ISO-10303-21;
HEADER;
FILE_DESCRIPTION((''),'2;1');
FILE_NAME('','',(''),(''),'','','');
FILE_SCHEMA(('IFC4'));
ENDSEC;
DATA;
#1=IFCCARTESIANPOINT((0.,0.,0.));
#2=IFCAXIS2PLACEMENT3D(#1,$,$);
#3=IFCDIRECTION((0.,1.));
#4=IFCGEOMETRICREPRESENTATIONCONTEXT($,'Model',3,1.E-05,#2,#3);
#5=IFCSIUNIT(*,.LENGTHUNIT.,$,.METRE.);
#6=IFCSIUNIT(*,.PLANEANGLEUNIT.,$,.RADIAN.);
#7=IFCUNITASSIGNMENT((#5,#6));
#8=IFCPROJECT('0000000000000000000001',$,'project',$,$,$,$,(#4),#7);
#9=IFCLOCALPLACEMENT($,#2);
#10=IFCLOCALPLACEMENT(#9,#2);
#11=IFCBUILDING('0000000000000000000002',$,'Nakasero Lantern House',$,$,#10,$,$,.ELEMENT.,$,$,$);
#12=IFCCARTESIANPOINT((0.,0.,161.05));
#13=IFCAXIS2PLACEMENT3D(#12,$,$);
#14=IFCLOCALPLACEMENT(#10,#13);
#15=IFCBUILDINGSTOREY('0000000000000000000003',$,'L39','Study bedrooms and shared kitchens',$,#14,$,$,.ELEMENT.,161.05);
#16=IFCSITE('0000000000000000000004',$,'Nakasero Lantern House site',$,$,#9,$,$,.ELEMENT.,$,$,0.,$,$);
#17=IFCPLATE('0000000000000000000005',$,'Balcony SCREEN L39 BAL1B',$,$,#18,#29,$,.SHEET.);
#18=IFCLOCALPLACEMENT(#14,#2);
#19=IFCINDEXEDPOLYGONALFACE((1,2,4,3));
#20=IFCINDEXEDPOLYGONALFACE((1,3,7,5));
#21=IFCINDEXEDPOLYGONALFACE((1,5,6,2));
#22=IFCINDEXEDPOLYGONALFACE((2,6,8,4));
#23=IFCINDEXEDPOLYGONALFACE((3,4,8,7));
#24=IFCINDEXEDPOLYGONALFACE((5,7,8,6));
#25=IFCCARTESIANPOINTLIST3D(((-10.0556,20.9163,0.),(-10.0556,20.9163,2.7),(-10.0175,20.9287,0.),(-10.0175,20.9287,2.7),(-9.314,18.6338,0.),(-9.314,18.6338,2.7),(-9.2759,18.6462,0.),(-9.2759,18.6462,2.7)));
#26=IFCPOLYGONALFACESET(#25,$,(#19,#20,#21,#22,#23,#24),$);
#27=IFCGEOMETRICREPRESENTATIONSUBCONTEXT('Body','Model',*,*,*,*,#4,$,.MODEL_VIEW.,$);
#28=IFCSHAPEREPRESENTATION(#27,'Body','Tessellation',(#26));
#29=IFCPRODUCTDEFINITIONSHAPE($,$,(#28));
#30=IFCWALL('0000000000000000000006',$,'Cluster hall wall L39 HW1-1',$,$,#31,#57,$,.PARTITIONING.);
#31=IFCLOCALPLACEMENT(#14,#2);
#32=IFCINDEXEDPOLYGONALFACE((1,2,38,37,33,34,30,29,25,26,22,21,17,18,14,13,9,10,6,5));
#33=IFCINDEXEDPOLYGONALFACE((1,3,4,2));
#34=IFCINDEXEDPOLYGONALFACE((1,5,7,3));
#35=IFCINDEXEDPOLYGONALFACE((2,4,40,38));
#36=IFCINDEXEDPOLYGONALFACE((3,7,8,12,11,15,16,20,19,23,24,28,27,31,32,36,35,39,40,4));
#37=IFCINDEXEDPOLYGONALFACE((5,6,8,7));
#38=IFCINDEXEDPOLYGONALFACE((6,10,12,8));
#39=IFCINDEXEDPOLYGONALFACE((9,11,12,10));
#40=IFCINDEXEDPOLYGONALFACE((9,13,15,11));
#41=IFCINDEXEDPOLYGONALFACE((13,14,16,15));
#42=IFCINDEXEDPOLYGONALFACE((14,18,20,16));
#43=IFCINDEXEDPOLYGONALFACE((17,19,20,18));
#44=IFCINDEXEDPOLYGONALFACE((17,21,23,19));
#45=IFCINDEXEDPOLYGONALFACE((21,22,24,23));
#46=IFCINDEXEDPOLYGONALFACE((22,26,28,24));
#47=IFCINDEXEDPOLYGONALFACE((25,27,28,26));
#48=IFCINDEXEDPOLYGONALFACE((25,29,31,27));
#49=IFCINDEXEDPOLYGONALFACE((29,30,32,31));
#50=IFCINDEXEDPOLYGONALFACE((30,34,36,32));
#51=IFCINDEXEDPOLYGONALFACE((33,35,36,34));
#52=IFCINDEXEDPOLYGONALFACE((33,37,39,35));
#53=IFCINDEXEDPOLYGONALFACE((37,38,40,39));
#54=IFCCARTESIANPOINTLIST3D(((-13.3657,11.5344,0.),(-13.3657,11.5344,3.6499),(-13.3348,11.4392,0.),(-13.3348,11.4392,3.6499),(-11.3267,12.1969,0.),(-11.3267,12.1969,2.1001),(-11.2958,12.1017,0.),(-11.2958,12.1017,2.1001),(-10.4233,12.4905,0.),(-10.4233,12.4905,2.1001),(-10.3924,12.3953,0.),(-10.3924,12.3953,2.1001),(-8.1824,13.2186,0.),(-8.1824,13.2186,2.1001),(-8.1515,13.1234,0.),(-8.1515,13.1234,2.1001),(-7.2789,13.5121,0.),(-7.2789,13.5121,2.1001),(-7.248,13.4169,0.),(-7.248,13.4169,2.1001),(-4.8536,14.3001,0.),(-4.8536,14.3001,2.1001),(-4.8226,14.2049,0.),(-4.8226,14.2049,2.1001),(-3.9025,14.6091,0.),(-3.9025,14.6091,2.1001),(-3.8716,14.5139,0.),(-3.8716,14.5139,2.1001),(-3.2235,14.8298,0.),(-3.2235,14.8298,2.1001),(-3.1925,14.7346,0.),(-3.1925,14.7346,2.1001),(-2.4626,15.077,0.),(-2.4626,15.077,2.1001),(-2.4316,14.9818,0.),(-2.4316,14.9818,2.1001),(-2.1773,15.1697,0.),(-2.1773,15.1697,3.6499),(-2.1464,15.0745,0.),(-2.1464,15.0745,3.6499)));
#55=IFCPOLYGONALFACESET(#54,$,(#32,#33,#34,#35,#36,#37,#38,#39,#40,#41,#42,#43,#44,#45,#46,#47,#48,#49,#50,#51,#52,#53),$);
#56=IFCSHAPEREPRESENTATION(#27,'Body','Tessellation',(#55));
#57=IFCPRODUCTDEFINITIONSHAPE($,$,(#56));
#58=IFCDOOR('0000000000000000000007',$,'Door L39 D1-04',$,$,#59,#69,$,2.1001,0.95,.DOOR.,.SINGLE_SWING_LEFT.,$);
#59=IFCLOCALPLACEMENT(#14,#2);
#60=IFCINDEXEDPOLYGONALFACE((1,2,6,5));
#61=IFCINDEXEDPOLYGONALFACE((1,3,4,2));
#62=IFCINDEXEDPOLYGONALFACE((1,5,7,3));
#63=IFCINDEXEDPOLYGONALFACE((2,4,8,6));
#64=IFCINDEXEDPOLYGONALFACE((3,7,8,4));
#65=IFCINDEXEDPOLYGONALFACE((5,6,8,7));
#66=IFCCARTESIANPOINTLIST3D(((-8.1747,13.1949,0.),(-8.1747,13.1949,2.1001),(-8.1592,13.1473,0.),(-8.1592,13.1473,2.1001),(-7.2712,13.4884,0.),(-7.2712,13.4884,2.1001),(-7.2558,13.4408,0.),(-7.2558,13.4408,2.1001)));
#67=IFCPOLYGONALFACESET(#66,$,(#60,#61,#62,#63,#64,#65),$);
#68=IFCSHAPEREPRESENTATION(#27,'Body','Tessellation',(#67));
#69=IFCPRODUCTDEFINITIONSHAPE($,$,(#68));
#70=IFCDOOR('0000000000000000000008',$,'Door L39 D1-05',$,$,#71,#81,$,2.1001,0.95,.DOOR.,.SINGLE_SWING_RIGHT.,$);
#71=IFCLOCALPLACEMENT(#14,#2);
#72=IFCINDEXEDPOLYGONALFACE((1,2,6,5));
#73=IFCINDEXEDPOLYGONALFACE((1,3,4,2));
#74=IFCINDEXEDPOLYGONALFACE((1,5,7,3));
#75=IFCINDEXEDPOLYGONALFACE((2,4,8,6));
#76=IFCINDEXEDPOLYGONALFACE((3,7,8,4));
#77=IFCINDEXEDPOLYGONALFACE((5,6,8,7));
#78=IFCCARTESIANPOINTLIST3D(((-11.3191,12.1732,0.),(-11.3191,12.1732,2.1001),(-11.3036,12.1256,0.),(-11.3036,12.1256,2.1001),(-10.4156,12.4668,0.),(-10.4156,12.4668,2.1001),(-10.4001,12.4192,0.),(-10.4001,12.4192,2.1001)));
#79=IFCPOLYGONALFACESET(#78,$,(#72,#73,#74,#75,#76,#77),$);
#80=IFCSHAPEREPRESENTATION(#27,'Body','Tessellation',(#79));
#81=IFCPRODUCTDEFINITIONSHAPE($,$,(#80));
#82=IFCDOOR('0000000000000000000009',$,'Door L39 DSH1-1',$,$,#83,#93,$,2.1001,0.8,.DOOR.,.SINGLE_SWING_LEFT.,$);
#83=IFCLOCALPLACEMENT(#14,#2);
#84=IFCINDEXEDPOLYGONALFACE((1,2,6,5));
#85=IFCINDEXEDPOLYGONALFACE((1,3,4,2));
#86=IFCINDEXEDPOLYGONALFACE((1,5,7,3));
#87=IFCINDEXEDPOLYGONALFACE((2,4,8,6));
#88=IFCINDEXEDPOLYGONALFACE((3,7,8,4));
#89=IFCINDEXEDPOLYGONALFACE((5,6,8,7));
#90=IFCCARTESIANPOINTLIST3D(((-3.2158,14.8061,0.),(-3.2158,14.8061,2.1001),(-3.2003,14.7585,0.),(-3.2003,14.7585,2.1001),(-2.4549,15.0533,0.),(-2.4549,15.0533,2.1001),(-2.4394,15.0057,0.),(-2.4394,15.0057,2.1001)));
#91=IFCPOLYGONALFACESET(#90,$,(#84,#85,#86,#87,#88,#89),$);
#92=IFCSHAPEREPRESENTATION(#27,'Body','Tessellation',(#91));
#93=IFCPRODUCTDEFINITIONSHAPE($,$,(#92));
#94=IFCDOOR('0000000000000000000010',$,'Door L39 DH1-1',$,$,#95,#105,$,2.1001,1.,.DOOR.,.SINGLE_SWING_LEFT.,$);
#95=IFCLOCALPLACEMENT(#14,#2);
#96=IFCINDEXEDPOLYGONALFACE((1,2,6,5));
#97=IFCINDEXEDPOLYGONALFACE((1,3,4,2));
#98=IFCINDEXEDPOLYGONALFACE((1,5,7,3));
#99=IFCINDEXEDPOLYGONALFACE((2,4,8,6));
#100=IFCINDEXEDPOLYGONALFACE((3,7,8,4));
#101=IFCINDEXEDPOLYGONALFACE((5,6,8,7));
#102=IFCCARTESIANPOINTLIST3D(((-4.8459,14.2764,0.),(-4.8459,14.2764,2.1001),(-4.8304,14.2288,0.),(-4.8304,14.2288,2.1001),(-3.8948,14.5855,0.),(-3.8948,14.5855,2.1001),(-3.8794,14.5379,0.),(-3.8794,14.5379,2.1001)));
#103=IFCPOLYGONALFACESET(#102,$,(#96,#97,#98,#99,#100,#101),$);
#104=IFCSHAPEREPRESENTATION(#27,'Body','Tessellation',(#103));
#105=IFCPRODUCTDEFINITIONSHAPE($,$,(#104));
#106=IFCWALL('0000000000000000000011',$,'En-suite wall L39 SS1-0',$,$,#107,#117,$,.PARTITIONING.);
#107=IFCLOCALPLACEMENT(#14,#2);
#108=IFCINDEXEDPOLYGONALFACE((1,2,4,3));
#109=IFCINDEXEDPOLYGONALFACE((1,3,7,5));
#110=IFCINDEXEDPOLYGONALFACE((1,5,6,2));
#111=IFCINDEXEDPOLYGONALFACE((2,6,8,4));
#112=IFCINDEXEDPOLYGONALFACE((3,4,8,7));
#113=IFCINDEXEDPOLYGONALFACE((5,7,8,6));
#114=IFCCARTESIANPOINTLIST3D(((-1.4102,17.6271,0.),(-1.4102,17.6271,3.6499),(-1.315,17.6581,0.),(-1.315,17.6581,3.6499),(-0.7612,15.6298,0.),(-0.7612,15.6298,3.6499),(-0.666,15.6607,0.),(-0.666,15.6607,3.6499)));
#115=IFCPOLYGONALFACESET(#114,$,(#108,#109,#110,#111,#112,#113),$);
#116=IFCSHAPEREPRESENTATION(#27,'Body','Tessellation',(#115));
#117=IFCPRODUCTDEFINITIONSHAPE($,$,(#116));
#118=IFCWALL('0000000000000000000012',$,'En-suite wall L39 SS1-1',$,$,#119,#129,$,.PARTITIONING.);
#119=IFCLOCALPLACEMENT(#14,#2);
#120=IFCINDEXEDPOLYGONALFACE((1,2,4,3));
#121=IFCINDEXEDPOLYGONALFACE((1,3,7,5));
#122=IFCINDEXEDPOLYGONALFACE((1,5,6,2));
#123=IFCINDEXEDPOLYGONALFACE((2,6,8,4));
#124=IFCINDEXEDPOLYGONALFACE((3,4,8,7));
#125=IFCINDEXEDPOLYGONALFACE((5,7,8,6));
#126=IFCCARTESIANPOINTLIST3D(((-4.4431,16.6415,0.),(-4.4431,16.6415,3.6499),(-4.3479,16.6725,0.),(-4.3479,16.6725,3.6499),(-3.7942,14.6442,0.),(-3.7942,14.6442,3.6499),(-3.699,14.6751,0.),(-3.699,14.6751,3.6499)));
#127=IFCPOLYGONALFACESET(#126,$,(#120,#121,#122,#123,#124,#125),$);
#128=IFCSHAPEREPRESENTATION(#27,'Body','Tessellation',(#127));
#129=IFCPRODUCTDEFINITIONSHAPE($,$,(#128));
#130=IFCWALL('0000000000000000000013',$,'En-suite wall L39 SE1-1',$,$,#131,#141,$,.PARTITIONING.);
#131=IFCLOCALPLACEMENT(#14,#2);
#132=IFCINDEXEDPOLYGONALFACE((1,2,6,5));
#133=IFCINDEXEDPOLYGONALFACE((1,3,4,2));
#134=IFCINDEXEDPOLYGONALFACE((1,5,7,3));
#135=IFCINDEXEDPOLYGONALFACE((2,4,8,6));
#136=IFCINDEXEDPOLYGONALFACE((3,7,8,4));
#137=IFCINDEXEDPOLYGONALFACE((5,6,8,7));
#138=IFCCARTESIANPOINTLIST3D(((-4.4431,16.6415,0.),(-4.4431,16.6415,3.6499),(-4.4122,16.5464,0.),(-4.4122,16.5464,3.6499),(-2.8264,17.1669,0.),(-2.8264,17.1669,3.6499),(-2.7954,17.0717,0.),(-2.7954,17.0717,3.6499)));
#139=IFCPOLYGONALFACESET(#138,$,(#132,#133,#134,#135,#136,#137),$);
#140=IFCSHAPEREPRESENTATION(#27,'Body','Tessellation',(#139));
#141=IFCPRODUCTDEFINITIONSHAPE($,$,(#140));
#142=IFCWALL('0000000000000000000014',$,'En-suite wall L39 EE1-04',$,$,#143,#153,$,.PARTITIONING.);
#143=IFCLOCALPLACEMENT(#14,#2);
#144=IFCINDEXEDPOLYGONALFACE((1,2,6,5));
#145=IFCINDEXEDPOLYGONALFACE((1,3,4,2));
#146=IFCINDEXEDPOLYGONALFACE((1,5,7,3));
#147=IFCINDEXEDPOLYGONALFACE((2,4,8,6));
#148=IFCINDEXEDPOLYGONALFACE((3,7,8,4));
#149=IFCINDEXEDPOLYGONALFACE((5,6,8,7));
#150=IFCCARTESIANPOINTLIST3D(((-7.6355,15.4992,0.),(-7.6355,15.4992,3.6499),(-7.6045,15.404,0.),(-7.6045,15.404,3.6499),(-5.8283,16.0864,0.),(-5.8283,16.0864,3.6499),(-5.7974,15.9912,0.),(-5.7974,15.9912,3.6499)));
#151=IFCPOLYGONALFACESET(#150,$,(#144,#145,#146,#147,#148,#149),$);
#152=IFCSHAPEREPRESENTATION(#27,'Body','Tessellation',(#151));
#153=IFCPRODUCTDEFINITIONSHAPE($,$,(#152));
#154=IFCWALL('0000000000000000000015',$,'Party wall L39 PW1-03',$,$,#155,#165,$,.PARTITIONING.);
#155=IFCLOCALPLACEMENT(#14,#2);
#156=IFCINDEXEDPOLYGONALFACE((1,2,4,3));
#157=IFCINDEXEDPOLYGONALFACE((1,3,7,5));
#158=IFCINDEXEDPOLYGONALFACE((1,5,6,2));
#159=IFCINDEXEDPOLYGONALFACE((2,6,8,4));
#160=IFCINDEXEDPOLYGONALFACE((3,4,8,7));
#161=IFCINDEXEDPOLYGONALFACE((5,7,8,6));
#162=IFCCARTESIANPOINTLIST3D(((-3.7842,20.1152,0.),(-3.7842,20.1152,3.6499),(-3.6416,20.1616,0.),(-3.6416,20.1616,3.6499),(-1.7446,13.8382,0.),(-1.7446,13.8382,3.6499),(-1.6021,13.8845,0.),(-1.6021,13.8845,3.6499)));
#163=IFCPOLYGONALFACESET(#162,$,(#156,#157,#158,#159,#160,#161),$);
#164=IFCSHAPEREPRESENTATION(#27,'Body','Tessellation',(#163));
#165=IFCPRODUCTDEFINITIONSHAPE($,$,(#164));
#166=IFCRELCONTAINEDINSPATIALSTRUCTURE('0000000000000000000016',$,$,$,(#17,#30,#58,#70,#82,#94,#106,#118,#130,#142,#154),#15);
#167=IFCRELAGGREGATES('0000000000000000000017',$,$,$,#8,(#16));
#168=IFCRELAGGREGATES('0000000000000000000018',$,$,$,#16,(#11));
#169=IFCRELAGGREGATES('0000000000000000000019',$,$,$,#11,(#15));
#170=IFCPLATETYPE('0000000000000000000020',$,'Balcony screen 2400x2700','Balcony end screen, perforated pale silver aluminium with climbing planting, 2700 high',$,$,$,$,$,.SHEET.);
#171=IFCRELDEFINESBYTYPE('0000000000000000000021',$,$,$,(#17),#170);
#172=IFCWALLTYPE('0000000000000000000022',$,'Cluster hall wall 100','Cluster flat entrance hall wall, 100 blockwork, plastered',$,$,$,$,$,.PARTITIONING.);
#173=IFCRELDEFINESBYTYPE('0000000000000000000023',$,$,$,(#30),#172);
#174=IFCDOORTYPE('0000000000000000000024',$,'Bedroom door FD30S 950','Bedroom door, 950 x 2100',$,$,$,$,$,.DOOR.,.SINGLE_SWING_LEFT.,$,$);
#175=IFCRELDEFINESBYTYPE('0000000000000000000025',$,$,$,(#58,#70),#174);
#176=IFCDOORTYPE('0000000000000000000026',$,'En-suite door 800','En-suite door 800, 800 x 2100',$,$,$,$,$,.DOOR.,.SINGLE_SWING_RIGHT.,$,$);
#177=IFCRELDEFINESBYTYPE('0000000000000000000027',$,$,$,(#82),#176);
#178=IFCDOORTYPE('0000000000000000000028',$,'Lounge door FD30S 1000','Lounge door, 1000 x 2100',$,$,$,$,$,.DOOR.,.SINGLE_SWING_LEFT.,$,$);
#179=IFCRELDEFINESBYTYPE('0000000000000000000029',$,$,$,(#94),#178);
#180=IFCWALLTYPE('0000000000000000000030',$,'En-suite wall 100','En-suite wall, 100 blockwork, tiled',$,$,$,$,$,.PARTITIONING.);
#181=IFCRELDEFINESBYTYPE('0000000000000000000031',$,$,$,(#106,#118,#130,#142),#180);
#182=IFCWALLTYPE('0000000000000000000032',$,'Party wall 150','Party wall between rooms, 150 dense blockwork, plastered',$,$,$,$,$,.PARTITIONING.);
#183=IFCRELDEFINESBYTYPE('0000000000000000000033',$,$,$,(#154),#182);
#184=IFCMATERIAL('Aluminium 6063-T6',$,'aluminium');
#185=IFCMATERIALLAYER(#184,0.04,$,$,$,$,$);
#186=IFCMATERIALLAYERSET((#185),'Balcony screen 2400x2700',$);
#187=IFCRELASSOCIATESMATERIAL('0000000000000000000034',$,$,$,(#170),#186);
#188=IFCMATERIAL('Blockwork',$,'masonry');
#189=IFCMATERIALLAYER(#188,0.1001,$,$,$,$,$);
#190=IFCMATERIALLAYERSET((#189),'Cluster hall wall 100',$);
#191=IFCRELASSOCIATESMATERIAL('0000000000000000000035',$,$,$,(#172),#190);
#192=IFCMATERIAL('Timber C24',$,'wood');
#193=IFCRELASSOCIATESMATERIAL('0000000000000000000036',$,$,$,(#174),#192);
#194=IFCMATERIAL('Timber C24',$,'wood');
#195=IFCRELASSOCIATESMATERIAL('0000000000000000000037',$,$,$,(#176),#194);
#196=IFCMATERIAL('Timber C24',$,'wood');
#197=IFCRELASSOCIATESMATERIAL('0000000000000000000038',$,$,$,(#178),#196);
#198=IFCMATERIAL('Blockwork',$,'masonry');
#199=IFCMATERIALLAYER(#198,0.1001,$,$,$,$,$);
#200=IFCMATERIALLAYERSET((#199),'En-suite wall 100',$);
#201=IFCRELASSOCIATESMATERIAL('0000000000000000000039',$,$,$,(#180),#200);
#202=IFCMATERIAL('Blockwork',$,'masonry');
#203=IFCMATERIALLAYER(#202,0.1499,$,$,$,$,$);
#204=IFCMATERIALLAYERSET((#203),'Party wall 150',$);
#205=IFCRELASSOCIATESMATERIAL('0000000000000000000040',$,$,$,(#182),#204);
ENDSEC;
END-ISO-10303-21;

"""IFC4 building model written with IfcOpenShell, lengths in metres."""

from ifc_helpers import new_model, si_unit, direction, frame, frame_2d, origin, origin_2d, place, context, subcontext, project, spatial, rectangle, extrude, material, layer, layer_set, type_object, element, fill, save


model = new_model("IFC4")

# Units and contexts
model_context = context("Model", 3, precision=1e-05, world=origin(), true_north=direction((0.0, 1.0)))
body_context = subcontext(model_context, "Body", "Model", "MODEL_VIEW")
ifc_project = project(units=[si_unit("LENGTHUNIT", "METRE"), si_unit("PLANEANGLEUNIT", "RADIAN")], contexts=[model_context])

# Site, building, storey
site_placement = place(None, origin())
site = spatial("IfcSite", under=ifc_project, at=site_placement, Name="Nakasero Lantern House site", CompositionType="ELEMENT", RefElevation=0.0)
building_placement = place(site_placement, origin())
building = spatial("IfcBuilding", under=site, at=building_placement, Name="Nakasero Lantern House", CompositionType="ELEMENT")
storey_placement = place(building_placement, frame((0.0, 0.0, 161.05)))
storey = spatial("IfcBuildingStorey", under=building, at=storey_placement, Name="L39", Description="Study bedrooms and shared kitchens", CompositionType="ELEMENT", Elevation=161.05)

# Plate
ifc_material_1 = material(Name="Aluminium 6063-T6", Category="aluminium")
ifc_layer_1 = layer(ifc_material_1, 0.04)
ifc_layer_set_1 = layer_set([ifc_layer_1], Name="Balcony screen 2400x2700")
plate_type_1 = type_object("IfcPlateType", Name="Balcony screen 2400x2700", Description="Balcony end screen, perforated pale silver aluminium with climbing planting, 2700 high", PredefinedType="SHEET", material=ifc_layer_set_1)
for number, where, z_axis, x_axis, name in (
    (1, (-9.6658, 19.7812, 0.0), (0.0, 0.0, 1.0), (-0.309017, 0.951057, 0.0), "Balcony SCREEN L39 BAL1B"),
):
    element("IfcPlate", number, at=place(storey_placement, frame(where, z_axis=z_axis, x_axis=x_axis)), inside=storey, type_object=plate_type_1, Name=name, PredefinedType="SHEET", context=body_context, shape_type="SweptSolid", body=[
        extrude(rectangle(XDim=2.3999, YDim=0.04, at=origin_2d()), origin(), (0.0, 0.0, 1.0), 2.7),
    ])

# Wall, openings, doors
ifc_material_2 = material(Name="Blockwork", Category="masonry")
ifc_layer_2 = layer(ifc_material_2, 0.1001)
ifc_layer_set_2 = layer_set([ifc_layer_2], Name="Cluster hall wall 100")
wall_type_1 = type_object("IfcWallType", Name="Cluster hall wall 100", Description="Cluster flat entrance hall wall, 100 blockwork, plastered", PredefinedType="PARTITIONING", material=ifc_layer_set_2)
wall_1_placement = place(storey_placement, frame((-2.1619, 15.1221, 0.0), z_axis=(0.0, 0.0, 1.0), x_axis=(-0.951059, -0.309009, 0.0)))
wall_1 = element("IfcWall", 2, at=wall_1_placement, inside=storey, type_object=wall_type_1, Name="Cluster hall wall L39 HW1-1", PredefinedType="PARTITIONING", context=body_context, shape_type="SweptSolid", body=[
    extrude(rectangle(XDim=11.7642, YDim=0.1001, at=frame_2d((5.8821, 0.0))), origin(), (0.0, 0.0, 1.0), 3.6499),
])
opening_1_placement = place(wall_1_placement, frame((1.814, 0.0, 0.0)))
opening_1 = element("IfcOpeningElement", 3, at=opening_1_placement, cuts=wall_1, PredefinedType="OPENING", context=body_context, shape_type="SweptSolid", body=[
    extrude(rectangle(XDim=1.0, YDim=2.1001, at=frame_2d((0.5, 1.05))), frame((0.0, 0.0701, 0.0), z_axis=(0.0, -1.0, 0.0), x_axis=(1.0, 0.0, 0.0)), (0.0, 0.0, 1.0), 0.1401),
])
opening_2_placement = place(wall_1_placement, frame((0.3, 0.0, 0.0)))
opening_2 = element("IfcOpeningElement", 4, at=opening_2_placement, cuts=wall_1, PredefinedType="OPENING", context=body_context, shape_type="SweptSolid", body=[
    extrude(rectangle(XDim=0.8, YDim=2.1001, at=frame_2d((0.3999, 1.05))), frame((0.0, 0.0701, 0.0), z_axis=(0.0, -1.0, 0.0), x_axis=(1.0, 0.0, 0.0)), (0.0, 0.0, 1.0), 0.1401),
])
opening_3_placement = place(wall_1_placement, frame((5.364, 0.0, 0.0)))
opening_3 = element("IfcOpeningElement", 5, at=opening_3_placement, cuts=wall_1, PredefinedType="OPENING", context=body_context, shape_type="SweptSolid", body=[
    extrude(rectangle(XDim=0.95, YDim=2.1001, at=frame_2d((0.4751, 1.05))), frame((0.0, 0.0701, 0.0), z_axis=(0.0, -1.0, 0.0), x_axis=(1.0, 0.0, 0.0)), (0.0, 0.0, 1.0), 0.1401),
])
opening_4_placement = place(wall_1_placement, frame((8.6702, 0.0, 0.0)))
opening_4 = element("IfcOpeningElement", 6, at=opening_4_placement, cuts=wall_1, PredefinedType="OPENING", context=body_context, shape_type="SweptSolid", body=[
    extrude(rectangle(XDim=0.95, YDim=2.1001, at=frame_2d((0.4751, 1.05))), frame((0.0, 0.0701, 0.0), z_axis=(0.0, -1.0, 0.0), x_axis=(1.0, 0.0, 0.0)), (0.0, 0.0, 1.0), 0.1401),
])
ifc_material_3 = material(Name="Timber C24", Category="wood")
door_type_1 = type_object("IfcDoorType", Name="Bedroom door FD30S 950", Description="Bedroom door, 950 x 2100", OperationType="SINGLE_SWING_LEFT", PredefinedType="DOOR", material=ifc_material_3)
door_1_placement = place(opening_3_placement, origin())
door_1 = element("IfcDoor", 7, at=door_1_placement, inside=storey, type_object=door_type_1, Name="Door L39 D1-04", OperationType="SINGLE_SWING_LEFT", OverallHeight=2.1001, OverallWidth=0.95, PredefinedType="DOOR", context=body_context, shape_type="SweptSolid", body=[
    extrude(rectangle(XDim=0.95, YDim=2.1001, at=frame_2d((0.4751, 1.05))), frame((0.0, 0.0249, 0.0), z_axis=(0.0, -1.0, 0.0), x_axis=(1.0, 0.0, 0.0)), (0.0, 0.0, 1.0), 0.05),
])
fill(opening_3, door_1)
door_2_placement = place(opening_4_placement, origin())
door_2 = element("IfcDoor", 8, at=door_2_placement, inside=storey, type_object=door_type_1, Name="Door L39 D1-05", OperationType="SINGLE_SWING_RIGHT", OverallHeight=2.1001, OverallWidth=0.95, PredefinedType="DOOR", context=body_context, shape_type="SweptSolid", body=[
    extrude(rectangle(XDim=0.95, YDim=2.1001, at=frame_2d((0.4751, 1.05))), frame((0.0, 0.0249, 0.0), z_axis=(0.0, -1.0, 0.0), x_axis=(1.0, 0.0, 0.0)), (0.0, 0.0, 1.0), 0.05),
])
fill(opening_4, door_2)
ifc_material_4 = material(Name="Timber C24", Category="wood")
door_type_2 = type_object("IfcDoorType", Name="En-suite door 800", Description="En-suite door 800, 800 x 2100", OperationType="SINGLE_SWING_RIGHT", PredefinedType="DOOR", material=ifc_material_4)
door_3_placement = place(opening_2_placement, origin())
door_3 = element("IfcDoor", 9, at=door_3_placement, inside=storey, type_object=door_type_2, Name="Door L39 DSH1-1", OperationType="SINGLE_SWING_LEFT", OverallHeight=2.1001, OverallWidth=0.8, PredefinedType="DOOR", context=body_context, shape_type="SweptSolid", body=[
    extrude(rectangle(XDim=0.8, YDim=2.1001, at=frame_2d((0.3999, 1.05))), frame((0.0, 0.0249, 0.0), z_axis=(0.0, -1.0, 0.0), x_axis=(1.0, 0.0, 0.0)), (0.0, 0.0, 1.0), 0.05),
])
fill(opening_2, door_3)
ifc_material_5 = material(Name="Timber C24", Category="wood")
door_type_3 = type_object("IfcDoorType", Name="Lounge door FD30S 1000", Description="Lounge door, 1000 x 2100", OperationType="SINGLE_SWING_LEFT", PredefinedType="DOOR", material=ifc_material_5)
door_4_placement = place(opening_1_placement, origin())
door_4 = element("IfcDoor", 10, at=door_4_placement, inside=storey, type_object=door_type_3, Name="Door L39 DH1-1", OperationType="SINGLE_SWING_LEFT", OverallHeight=2.1001, OverallWidth=1.0, PredefinedType="DOOR", context=body_context, shape_type="SweptSolid", body=[
    extrude(rectangle(XDim=1.0, YDim=2.1001, at=frame_2d((0.5, 1.05))), frame((0.0, 0.0249, 0.0), z_axis=(0.0, -1.0, 0.0), x_axis=(1.0, 0.0, 0.0)), (0.0, 0.0, 1.0), 0.05),
])
fill(opening_1, door_4)

# Walls
ifc_material_6 = material(Name="Blockwork", Category="masonry")
ifc_layer_3 = layer(ifc_material_6, 0.1001)
ifc_layer_set_3 = layer_set([ifc_layer_3], Name="En-suite wall 100")
wall_type_2 = type_object("IfcWallType", Name="En-suite wall 100", Description="En-suite wall, 100 blockwork, tiled", PredefinedType="PARTITIONING", material=ifc_layer_set_3)
for number, where, z_axis, x_axis, name in (
    (11, (-0.7136, 15.6453, 0.0), (0.0, 0.0, 1.0), (-0.308999, 0.951062, 0.0), "En-suite wall L39 SS1-0"),
    (12, (-3.7466, 14.6597, 0.0), (0.0, 0.0, 1.0), (-0.308999, 0.951062, 0.0), "En-suite wall L39 SS1-1"),
):
    element("IfcWall", number, at=place(storey_placement, frame(where, z_axis=z_axis, x_axis=x_axis)), inside=storey, type_object=wall_type_2, Name=name, PredefinedType="PARTITIONING", context=body_context, shape_type="SweptSolid", body=[
        extrude(rectangle(XDim=2.1001, YDim=0.1001, at=frame_2d((1.05, 0.0))), origin(), (0.0, 0.0, 1.0), 3.6499),
    ])
wall_2_placement = place(storey_placement, frame((-2.8108, 17.1194, 0.0), z_axis=(0.0, 0.0, 1.0), x_axis=(-0.95104, -0.309067, 0.0)))
element("IfcWall", 13, at=wall_2_placement, inside=storey, type_object=wall_type_2, Name="En-suite wall L39 SE1-1", PredefinedType="PARTITIONING", context=body_context, shape_type="SweptSolid", body=[
    extrude(rectangle(XDim=1.7, YDim=0.1001, at=frame_2d((0.8501, 0.0))), origin(), (0.0, 0.0, 1.0), 3.6499),
])
wall_3_placement = place(storey_placement, frame((-5.8127, 16.0388, 0.0), z_axis=(0.0, 0.0, 1.0), x_axis=(-0.951059, -0.309011, 0.0)))
element("IfcWall", 14, at=wall_3_placement, inside=storey, type_object=wall_type_2, Name="En-suite wall L39 EE1-04", PredefinedType="PARTITIONING", context=body_context, shape_type="SweptSolid", body=[
    extrude(rectangle(XDim=1.9001, YDim=0.1001, at=frame_2d((0.9502, 0.0))), origin(), (0.0, 0.0, 1.0), 3.6499),
])
ifc_material_7 = material(Name="Blockwork", Category="masonry")
ifc_layer_4 = layer(ifc_material_7, 0.1499)
ifc_layer_set_4 = layer_set([ifc_layer_4], Name="Party wall 150")
wall_type_3 = type_object("IfcWallType", Name="Party wall 150", Description="Party wall between rooms, 150 dense blockwork, plastered", PredefinedType="PARTITIONING", material=ifc_layer_set_4)
wall_4_placement = place(storey_placement, frame((-1.6733, 13.8613, 0.0), z_axis=(0.0, 0.0, 1.0), x_axis=(-0.309017, 0.951057, 0.0)))
element("IfcWall", 15, at=wall_4_placement, inside=storey, type_object=wall_type_3, Name="Party wall L39 PW1-03", PredefinedType="PARTITIONING", context=body_context, shape_type="SweptSolid", body=[
    extrude(rectangle(XDim=6.6001, YDim=0.1499, at=frame_2d((3.3, 0.0))), origin(), (0.0, 0.0, 1.0), 3.6499),
])

save(model, "model.ifc")
